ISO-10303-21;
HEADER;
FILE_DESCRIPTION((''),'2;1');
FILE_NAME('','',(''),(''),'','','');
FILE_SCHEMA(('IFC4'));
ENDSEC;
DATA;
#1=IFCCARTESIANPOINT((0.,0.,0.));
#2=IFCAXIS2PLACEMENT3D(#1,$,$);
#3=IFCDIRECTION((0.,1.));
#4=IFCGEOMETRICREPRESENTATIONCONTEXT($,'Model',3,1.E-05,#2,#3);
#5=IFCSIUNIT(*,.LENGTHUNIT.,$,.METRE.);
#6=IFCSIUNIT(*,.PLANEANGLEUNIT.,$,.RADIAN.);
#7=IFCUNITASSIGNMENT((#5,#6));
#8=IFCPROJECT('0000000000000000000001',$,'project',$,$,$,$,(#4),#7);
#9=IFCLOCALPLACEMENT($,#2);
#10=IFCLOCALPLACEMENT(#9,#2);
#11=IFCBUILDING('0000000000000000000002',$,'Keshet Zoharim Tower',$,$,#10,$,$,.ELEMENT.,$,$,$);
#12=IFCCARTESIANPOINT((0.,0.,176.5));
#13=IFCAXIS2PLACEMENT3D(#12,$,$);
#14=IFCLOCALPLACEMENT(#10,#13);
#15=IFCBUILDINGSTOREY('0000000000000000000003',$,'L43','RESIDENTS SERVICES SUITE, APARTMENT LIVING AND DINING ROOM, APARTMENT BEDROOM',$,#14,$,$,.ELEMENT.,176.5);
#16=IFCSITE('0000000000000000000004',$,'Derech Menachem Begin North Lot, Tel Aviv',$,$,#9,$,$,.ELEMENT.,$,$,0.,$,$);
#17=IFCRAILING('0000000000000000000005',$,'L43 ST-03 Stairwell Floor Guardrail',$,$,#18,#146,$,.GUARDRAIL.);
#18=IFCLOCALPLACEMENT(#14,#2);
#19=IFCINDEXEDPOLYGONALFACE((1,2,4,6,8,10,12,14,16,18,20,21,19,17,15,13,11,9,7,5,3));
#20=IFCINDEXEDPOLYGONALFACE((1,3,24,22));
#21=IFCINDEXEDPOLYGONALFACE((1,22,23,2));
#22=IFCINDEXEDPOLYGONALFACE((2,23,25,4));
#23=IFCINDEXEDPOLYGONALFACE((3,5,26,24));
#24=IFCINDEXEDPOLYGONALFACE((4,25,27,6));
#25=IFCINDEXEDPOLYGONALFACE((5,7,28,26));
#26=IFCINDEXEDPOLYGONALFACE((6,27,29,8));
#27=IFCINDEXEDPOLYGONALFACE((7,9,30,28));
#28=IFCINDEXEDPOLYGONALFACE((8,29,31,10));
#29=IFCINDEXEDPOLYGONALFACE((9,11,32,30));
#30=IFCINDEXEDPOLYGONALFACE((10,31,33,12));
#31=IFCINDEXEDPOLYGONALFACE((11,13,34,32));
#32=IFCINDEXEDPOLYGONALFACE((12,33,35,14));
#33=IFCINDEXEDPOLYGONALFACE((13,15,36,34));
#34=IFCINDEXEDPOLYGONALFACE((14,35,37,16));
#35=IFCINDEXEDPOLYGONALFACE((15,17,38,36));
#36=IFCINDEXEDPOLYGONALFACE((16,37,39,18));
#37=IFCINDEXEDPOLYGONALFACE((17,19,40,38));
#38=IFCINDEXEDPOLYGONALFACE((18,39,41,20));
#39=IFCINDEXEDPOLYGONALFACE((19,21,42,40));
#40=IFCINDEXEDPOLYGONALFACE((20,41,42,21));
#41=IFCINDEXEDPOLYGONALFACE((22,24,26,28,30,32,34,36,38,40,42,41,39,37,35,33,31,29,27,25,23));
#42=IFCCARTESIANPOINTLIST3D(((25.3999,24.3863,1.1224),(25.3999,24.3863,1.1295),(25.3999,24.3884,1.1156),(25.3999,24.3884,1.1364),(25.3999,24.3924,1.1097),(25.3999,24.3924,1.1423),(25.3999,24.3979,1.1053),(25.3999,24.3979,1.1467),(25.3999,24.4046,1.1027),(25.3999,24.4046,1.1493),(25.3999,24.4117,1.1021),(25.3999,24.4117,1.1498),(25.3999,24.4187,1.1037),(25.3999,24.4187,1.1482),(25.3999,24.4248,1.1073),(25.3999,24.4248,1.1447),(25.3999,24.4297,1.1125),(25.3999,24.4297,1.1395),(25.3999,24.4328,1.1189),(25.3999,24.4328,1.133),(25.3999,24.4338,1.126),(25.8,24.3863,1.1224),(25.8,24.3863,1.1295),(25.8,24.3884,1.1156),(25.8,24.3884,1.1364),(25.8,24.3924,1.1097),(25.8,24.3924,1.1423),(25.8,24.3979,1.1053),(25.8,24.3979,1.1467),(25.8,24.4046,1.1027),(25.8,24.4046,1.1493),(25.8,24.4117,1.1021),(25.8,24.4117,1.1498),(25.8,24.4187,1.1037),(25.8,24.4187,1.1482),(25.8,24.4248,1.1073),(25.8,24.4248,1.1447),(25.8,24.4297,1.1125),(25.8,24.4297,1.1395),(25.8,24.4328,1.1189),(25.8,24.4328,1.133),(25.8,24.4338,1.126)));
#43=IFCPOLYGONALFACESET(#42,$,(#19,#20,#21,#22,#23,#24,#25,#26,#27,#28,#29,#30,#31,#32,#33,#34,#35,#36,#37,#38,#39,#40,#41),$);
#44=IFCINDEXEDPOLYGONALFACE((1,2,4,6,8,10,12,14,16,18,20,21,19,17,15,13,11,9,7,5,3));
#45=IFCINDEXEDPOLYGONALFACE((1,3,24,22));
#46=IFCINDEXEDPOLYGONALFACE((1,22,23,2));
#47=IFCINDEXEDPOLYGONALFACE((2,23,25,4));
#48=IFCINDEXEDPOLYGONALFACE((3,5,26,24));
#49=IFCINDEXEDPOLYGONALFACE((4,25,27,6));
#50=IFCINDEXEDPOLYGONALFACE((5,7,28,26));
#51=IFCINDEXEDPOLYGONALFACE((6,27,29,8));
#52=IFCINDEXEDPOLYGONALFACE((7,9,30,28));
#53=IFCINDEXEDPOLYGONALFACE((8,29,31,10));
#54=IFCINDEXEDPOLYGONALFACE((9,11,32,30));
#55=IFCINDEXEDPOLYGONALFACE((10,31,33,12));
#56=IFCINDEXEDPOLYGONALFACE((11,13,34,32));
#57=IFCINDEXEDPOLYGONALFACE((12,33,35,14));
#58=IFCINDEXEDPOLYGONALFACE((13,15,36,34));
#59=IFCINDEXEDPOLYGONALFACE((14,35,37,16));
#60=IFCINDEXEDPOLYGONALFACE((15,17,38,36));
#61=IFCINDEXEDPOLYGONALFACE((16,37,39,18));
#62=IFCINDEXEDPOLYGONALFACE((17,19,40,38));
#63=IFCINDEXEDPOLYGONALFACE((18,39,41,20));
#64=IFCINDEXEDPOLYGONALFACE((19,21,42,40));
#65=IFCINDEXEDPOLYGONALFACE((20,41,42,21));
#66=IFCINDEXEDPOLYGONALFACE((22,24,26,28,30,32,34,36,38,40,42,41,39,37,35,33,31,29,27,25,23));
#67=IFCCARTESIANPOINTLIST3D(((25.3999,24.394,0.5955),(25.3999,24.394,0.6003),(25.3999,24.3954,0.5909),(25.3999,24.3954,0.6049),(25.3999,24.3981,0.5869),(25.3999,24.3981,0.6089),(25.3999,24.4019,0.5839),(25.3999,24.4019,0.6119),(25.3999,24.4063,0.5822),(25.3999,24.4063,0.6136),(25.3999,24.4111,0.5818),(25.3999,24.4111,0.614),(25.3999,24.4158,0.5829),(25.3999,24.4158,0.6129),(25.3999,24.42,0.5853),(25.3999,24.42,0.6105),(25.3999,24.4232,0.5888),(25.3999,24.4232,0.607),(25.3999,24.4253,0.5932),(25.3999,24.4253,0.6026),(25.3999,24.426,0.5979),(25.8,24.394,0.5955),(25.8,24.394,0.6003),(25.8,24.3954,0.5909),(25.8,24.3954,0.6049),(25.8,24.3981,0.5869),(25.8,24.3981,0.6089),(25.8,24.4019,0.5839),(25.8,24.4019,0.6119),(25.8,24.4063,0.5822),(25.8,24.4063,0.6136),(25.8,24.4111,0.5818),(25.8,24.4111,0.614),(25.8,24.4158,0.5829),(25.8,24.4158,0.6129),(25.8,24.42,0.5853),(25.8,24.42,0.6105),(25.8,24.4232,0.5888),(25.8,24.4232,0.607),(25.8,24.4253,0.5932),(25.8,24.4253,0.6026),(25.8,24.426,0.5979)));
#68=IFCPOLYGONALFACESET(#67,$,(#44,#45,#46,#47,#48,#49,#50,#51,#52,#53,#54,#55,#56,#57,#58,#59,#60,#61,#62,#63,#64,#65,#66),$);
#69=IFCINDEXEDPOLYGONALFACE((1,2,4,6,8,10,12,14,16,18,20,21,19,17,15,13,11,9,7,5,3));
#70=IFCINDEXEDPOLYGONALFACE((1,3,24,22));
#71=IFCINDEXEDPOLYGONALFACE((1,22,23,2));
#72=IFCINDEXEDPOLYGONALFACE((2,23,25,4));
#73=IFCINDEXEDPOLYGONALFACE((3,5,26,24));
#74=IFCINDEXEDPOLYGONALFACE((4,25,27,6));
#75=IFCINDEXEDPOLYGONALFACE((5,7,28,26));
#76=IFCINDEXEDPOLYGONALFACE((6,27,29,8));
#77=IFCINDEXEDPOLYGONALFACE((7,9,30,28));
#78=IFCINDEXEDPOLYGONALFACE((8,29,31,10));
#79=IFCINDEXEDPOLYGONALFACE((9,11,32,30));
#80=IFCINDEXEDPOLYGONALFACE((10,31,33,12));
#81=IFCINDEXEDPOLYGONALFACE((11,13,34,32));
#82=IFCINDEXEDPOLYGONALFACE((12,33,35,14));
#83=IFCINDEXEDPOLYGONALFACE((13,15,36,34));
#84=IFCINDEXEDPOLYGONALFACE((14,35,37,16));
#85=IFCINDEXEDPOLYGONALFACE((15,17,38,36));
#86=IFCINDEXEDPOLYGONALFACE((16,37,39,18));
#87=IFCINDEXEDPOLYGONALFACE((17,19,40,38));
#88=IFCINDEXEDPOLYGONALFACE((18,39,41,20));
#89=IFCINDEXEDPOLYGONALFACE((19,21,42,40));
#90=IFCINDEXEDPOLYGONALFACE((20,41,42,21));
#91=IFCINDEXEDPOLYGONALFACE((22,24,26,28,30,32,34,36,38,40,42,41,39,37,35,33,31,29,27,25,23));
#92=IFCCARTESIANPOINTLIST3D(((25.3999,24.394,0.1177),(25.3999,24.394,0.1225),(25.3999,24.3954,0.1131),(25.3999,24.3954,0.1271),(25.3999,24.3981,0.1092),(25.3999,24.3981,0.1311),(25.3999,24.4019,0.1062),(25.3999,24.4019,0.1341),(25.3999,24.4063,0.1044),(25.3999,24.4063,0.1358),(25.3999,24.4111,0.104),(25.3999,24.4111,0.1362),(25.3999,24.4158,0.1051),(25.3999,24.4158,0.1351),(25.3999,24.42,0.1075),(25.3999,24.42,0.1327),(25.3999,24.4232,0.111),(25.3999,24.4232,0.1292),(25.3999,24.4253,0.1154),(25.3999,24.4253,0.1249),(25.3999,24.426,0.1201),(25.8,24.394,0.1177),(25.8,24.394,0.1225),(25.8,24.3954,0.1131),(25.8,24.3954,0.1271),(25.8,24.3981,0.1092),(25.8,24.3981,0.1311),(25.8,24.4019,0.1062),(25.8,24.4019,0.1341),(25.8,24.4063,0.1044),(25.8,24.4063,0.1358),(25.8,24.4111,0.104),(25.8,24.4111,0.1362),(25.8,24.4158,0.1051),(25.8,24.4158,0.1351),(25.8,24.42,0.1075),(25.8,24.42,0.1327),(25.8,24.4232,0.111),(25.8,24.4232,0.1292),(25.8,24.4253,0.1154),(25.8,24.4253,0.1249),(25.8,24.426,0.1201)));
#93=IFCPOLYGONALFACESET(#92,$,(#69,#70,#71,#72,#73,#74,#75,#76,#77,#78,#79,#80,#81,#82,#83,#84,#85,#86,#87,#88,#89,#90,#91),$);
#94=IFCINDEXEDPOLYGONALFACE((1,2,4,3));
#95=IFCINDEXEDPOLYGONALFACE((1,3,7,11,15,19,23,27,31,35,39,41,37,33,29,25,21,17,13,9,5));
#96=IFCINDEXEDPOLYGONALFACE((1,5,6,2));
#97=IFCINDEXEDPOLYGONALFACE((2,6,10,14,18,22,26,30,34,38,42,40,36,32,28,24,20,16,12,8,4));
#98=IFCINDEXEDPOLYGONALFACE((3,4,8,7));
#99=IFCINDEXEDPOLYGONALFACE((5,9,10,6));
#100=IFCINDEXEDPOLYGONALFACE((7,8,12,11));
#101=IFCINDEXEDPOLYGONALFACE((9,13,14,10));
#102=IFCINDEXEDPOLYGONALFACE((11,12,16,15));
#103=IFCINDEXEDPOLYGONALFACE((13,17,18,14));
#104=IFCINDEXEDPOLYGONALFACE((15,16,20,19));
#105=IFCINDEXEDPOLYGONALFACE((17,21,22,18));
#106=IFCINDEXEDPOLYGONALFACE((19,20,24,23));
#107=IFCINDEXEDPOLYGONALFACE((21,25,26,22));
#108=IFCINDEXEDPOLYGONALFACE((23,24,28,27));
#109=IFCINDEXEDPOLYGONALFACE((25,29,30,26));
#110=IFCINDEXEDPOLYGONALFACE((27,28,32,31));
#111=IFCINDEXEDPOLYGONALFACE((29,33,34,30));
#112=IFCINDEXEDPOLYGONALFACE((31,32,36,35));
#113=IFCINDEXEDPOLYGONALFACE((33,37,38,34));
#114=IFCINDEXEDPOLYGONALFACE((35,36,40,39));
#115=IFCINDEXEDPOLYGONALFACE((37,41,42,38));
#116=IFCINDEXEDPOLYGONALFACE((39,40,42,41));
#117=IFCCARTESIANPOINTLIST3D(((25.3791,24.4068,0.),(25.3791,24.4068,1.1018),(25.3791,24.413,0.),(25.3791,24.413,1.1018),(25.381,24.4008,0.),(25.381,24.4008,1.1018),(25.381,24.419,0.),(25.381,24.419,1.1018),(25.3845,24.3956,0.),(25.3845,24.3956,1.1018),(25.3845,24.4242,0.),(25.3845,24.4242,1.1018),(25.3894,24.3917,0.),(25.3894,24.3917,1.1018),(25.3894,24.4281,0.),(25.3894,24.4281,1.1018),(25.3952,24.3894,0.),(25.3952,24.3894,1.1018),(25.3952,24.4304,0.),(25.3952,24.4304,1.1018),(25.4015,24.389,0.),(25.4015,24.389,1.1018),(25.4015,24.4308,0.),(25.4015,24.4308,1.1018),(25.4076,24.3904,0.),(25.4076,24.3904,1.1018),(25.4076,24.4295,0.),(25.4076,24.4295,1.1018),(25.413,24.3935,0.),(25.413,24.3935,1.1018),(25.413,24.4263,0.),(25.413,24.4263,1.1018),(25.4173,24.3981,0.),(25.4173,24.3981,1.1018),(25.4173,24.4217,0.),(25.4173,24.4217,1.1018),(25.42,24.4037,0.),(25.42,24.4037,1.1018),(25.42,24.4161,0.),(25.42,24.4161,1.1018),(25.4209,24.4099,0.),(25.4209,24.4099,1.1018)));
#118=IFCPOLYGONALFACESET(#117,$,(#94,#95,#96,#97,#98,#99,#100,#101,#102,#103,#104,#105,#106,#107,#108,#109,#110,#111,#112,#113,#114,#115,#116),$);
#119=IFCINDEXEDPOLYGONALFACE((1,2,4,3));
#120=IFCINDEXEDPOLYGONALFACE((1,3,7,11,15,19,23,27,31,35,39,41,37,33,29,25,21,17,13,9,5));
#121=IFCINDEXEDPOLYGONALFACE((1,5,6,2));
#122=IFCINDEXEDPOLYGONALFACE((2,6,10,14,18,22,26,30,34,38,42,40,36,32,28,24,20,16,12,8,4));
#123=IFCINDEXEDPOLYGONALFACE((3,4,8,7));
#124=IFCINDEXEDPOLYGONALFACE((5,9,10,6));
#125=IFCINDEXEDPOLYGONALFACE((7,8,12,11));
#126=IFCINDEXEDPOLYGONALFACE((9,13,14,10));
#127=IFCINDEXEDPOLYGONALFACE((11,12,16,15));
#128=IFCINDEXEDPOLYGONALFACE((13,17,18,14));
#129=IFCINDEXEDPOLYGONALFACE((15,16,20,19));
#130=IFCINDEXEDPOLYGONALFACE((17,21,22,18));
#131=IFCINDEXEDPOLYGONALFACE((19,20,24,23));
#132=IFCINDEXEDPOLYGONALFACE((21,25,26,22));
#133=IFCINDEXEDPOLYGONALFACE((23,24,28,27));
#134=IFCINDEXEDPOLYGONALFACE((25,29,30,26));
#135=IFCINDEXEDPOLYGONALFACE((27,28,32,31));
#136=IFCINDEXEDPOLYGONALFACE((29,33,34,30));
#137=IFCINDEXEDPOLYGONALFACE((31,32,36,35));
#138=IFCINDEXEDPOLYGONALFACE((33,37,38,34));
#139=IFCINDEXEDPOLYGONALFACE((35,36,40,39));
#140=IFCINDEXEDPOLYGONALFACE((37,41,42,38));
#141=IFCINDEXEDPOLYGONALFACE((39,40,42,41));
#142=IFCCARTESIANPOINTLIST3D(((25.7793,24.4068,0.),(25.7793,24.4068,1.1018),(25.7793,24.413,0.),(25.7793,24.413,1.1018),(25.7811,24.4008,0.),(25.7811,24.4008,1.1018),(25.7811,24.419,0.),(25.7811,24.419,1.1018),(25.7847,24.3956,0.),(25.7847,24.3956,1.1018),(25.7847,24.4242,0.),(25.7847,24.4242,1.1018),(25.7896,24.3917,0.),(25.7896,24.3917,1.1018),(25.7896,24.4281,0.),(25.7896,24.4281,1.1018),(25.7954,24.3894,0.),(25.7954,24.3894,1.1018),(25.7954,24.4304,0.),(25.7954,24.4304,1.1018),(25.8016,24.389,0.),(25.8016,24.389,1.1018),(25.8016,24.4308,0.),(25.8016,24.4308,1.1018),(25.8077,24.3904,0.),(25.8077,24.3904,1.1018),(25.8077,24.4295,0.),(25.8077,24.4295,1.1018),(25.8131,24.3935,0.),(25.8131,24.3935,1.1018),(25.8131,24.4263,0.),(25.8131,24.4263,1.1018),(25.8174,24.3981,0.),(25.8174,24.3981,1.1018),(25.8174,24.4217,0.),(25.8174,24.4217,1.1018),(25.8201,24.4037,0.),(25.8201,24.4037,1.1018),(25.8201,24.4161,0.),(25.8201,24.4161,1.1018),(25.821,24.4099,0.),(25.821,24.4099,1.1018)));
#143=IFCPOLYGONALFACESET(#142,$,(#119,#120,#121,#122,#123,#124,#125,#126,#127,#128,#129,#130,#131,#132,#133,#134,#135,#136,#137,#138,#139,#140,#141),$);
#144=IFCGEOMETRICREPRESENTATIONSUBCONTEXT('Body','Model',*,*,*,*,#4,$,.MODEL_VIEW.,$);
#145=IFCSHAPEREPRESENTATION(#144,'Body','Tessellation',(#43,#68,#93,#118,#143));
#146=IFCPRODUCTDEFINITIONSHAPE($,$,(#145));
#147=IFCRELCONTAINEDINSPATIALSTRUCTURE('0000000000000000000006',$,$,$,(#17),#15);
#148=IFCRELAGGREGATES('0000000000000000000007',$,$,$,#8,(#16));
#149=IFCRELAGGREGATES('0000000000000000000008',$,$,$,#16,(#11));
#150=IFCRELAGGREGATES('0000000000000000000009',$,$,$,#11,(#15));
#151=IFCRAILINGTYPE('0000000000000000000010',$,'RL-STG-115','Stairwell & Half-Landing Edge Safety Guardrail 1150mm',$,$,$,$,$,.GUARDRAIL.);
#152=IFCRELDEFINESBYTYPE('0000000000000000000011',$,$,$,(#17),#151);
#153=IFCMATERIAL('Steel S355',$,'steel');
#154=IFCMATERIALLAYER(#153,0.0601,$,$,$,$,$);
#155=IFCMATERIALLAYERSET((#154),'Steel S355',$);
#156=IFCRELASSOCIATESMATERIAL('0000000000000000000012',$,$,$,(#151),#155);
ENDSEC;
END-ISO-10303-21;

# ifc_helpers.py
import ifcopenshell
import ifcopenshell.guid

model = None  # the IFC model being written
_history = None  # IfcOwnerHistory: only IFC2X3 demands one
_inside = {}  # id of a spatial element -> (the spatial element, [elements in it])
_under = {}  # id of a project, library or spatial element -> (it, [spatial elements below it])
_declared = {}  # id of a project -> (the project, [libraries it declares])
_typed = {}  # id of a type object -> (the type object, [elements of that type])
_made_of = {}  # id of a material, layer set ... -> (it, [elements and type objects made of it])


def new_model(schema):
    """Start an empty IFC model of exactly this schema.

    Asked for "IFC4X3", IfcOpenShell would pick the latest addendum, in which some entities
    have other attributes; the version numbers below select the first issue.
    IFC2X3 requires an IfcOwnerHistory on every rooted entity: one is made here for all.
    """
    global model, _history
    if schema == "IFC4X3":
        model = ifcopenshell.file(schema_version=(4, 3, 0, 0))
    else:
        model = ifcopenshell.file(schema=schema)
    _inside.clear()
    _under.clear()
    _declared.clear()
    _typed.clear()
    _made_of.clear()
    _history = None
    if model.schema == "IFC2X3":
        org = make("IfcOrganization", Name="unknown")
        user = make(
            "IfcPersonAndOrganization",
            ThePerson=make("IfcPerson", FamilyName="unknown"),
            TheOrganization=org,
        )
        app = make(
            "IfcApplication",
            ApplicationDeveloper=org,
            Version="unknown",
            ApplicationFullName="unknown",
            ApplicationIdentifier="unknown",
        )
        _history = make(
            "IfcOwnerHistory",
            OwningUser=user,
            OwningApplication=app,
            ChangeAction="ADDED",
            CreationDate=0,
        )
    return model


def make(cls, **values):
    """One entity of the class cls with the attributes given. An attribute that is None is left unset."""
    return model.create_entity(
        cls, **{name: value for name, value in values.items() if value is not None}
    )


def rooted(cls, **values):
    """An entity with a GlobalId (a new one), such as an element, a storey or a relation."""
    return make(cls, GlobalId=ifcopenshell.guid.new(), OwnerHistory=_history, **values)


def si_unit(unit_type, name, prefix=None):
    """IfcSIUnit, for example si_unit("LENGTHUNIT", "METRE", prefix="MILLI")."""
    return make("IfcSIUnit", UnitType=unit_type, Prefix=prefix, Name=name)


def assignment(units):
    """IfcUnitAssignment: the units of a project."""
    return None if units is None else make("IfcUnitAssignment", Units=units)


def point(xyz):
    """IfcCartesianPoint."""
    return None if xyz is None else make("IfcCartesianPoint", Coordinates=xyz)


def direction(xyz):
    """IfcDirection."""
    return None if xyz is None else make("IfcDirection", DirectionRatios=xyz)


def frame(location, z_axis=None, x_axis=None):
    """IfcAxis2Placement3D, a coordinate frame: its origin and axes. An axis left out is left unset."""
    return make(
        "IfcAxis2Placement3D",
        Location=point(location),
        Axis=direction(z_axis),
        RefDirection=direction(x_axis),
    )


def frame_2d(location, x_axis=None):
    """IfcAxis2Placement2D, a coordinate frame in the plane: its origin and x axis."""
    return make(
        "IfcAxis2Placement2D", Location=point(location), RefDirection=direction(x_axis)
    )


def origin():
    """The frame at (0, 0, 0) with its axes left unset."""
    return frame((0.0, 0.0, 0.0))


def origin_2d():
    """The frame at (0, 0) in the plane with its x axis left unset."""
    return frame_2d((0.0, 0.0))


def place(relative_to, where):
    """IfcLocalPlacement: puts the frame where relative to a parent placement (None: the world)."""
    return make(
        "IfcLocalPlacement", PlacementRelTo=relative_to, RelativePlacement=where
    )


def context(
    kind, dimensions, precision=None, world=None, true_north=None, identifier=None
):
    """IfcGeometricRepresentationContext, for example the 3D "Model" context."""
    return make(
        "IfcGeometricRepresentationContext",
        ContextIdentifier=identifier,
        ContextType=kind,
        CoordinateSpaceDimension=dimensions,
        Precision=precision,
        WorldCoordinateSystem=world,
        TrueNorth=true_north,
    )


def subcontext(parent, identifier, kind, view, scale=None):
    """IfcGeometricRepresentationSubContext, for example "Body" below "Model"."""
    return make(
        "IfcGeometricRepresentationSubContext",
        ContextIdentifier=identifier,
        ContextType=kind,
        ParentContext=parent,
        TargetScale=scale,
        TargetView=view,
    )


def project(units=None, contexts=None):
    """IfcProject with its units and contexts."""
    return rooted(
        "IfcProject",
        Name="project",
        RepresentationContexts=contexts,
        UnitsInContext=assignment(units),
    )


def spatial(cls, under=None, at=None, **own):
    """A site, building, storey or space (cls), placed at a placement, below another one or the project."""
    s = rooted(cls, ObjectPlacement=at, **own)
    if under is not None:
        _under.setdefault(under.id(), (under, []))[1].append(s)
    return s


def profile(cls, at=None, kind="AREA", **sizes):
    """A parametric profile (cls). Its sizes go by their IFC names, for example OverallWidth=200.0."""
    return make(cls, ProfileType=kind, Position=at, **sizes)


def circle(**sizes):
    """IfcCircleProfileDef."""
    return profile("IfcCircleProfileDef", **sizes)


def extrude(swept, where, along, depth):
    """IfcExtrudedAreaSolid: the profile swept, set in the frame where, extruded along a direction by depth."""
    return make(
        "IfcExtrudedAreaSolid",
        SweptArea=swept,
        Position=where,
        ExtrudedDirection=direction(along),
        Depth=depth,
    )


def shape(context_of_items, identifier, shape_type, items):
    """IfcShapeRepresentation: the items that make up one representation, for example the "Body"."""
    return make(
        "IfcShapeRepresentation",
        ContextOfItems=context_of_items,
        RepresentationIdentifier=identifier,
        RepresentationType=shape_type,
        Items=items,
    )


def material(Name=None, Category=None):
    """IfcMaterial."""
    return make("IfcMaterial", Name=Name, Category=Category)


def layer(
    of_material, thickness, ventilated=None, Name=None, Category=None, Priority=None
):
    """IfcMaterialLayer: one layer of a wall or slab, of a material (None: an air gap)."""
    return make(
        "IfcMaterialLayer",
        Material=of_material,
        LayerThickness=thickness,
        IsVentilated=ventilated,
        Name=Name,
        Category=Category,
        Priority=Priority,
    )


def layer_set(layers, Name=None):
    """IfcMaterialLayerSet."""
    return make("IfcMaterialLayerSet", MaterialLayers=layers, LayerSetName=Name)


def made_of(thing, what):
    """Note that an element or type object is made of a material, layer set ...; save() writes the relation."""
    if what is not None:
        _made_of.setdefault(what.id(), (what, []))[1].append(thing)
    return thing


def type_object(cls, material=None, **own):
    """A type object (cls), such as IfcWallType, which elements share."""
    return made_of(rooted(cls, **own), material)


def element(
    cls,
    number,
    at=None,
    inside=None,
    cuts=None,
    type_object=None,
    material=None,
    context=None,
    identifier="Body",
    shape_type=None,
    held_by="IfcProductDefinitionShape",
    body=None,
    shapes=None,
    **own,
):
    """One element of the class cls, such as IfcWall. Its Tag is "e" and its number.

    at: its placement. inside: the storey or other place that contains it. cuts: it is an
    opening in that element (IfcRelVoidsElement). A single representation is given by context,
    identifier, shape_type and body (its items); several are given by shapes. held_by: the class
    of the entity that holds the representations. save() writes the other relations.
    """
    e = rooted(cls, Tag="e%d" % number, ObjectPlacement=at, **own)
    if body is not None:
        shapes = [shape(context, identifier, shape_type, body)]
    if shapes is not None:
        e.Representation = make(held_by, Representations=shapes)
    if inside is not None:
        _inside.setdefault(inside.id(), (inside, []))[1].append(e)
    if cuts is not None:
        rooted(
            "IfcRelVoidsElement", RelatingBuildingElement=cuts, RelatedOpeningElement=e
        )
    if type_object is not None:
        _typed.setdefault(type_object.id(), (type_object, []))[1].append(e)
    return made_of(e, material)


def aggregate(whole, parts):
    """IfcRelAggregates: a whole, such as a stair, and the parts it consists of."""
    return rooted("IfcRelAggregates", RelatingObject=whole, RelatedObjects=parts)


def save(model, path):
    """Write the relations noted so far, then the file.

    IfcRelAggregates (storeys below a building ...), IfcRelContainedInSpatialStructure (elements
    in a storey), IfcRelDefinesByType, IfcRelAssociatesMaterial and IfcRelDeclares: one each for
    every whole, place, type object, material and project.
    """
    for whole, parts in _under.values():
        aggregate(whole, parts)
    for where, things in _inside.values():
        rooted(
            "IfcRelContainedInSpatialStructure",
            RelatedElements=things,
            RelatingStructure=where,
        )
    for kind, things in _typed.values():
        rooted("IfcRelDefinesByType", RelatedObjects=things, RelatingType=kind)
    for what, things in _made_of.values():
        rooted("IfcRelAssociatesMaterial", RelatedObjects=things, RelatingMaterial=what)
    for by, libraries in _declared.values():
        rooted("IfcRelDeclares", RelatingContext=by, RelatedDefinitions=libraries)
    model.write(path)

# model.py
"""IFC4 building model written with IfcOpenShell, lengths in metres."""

from ifc_helpers import new_model, si_unit, direction, frame, origin, origin_2d, place, context, subcontext, project, spatial, circle, extrude, material, layer, layer_set, type_object, element, save


model = new_model("IFC4")

# Units and contexts
model_context = context("Model", 3, precision=1e-05, world=origin(), true_north=direction((0.0, 1.0)))
body_context = subcontext(model_context, "Body", "Model", "MODEL_VIEW")
ifc_project = project(units=[si_unit("LENGTHUNIT", "METRE"), si_unit("PLANEANGLEUNIT", "RADIAN")], contexts=[model_context])

# Site, building, storey
site_placement = place(None, origin())
site = spatial("IfcSite", under=ifc_project, at=site_placement, Name="Derech Menachem Begin North Lot, Tel Aviv", CompositionType="ELEMENT", RefElevation=0.0)
building_placement = place(site_placement, origin())
building = spatial("IfcBuilding", under=site, at=building_placement, Name="Keshet Zoharim Tower", CompositionType="ELEMENT")
storey_placement = place(building_placement, frame((0.0, 0.0, 176.5)))
storey = spatial("IfcBuildingStorey", under=building, at=storey_placement, Name="L43", Description="RESIDENTS SERVICES SUITE, APARTMENT LIVING AND DINING ROOM, APARTMENT BEDROOM", CompositionType="ELEMENT", Elevation=176.5)

# Shared definitions
ifc_material_1 = material(Name="Steel S355", Category="steel")

# Railing
ifc_layer_1 = layer(ifc_material_1, 0.0601)
ifc_layer_set_1 = layer_set([ifc_layer_1], Name="Steel S355")
railing_type_1 = type_object("IfcRailingType", Name="RL-STG-115", Description="Stairwell & Half-Landing Edge Safety Guardrail 1150mm", PredefinedType="GUARDRAIL", material=ifc_layer_set_1)
railing_1_placement = place(storey_placement, frame((25.3999, 24.4099, 0.0)))
element("IfcRailing", 1, at=railing_1_placement, inside=storey, type_object=railing_type_1, Name="L43 ST-03 Stairwell Floor Guardrail", PredefinedType="GUARDRAIL", context=body_context, shape_type="SweptSolid", body=[
    extrude(circle(Radius=0.0239, at=origin_2d()), frame((0.0, 0.0, 1.126), z_axis=(1.0, 0.0, 0.0), x_axis=(0.0, 1.0, 0.0)), (0.0, 0.0, 1.0), 0.4001),
    extrude(circle(Radius=0.0161, at=origin_2d()), frame((0.0, 0.0, 0.5979), z_axis=(1.0, 0.0, 0.0), x_axis=(0.0, 1.0, 0.0)), (0.0, 0.0, 1.0), 0.4001),
    extrude(circle(Radius=0.0161, at=origin_2d()), frame((0.0, 0.0, 0.1201), z_axis=(1.0, 0.0, 0.0), x_axis=(0.0, 1.0, 0.0)), (0.0, 0.0, 1.0), 0.4001),
    extrude(circle(Radius=0.021, at=origin_2d()), origin(), (0.0, 0.0, 1.0), 1.1018),
    extrude(circle(Radius=0.021, at=origin_2d()), frame((0.4001, 0.0, 0.0)), (0.0, 0.0, 1.0), 1.1018),
])

save(model, "model.ifc")
